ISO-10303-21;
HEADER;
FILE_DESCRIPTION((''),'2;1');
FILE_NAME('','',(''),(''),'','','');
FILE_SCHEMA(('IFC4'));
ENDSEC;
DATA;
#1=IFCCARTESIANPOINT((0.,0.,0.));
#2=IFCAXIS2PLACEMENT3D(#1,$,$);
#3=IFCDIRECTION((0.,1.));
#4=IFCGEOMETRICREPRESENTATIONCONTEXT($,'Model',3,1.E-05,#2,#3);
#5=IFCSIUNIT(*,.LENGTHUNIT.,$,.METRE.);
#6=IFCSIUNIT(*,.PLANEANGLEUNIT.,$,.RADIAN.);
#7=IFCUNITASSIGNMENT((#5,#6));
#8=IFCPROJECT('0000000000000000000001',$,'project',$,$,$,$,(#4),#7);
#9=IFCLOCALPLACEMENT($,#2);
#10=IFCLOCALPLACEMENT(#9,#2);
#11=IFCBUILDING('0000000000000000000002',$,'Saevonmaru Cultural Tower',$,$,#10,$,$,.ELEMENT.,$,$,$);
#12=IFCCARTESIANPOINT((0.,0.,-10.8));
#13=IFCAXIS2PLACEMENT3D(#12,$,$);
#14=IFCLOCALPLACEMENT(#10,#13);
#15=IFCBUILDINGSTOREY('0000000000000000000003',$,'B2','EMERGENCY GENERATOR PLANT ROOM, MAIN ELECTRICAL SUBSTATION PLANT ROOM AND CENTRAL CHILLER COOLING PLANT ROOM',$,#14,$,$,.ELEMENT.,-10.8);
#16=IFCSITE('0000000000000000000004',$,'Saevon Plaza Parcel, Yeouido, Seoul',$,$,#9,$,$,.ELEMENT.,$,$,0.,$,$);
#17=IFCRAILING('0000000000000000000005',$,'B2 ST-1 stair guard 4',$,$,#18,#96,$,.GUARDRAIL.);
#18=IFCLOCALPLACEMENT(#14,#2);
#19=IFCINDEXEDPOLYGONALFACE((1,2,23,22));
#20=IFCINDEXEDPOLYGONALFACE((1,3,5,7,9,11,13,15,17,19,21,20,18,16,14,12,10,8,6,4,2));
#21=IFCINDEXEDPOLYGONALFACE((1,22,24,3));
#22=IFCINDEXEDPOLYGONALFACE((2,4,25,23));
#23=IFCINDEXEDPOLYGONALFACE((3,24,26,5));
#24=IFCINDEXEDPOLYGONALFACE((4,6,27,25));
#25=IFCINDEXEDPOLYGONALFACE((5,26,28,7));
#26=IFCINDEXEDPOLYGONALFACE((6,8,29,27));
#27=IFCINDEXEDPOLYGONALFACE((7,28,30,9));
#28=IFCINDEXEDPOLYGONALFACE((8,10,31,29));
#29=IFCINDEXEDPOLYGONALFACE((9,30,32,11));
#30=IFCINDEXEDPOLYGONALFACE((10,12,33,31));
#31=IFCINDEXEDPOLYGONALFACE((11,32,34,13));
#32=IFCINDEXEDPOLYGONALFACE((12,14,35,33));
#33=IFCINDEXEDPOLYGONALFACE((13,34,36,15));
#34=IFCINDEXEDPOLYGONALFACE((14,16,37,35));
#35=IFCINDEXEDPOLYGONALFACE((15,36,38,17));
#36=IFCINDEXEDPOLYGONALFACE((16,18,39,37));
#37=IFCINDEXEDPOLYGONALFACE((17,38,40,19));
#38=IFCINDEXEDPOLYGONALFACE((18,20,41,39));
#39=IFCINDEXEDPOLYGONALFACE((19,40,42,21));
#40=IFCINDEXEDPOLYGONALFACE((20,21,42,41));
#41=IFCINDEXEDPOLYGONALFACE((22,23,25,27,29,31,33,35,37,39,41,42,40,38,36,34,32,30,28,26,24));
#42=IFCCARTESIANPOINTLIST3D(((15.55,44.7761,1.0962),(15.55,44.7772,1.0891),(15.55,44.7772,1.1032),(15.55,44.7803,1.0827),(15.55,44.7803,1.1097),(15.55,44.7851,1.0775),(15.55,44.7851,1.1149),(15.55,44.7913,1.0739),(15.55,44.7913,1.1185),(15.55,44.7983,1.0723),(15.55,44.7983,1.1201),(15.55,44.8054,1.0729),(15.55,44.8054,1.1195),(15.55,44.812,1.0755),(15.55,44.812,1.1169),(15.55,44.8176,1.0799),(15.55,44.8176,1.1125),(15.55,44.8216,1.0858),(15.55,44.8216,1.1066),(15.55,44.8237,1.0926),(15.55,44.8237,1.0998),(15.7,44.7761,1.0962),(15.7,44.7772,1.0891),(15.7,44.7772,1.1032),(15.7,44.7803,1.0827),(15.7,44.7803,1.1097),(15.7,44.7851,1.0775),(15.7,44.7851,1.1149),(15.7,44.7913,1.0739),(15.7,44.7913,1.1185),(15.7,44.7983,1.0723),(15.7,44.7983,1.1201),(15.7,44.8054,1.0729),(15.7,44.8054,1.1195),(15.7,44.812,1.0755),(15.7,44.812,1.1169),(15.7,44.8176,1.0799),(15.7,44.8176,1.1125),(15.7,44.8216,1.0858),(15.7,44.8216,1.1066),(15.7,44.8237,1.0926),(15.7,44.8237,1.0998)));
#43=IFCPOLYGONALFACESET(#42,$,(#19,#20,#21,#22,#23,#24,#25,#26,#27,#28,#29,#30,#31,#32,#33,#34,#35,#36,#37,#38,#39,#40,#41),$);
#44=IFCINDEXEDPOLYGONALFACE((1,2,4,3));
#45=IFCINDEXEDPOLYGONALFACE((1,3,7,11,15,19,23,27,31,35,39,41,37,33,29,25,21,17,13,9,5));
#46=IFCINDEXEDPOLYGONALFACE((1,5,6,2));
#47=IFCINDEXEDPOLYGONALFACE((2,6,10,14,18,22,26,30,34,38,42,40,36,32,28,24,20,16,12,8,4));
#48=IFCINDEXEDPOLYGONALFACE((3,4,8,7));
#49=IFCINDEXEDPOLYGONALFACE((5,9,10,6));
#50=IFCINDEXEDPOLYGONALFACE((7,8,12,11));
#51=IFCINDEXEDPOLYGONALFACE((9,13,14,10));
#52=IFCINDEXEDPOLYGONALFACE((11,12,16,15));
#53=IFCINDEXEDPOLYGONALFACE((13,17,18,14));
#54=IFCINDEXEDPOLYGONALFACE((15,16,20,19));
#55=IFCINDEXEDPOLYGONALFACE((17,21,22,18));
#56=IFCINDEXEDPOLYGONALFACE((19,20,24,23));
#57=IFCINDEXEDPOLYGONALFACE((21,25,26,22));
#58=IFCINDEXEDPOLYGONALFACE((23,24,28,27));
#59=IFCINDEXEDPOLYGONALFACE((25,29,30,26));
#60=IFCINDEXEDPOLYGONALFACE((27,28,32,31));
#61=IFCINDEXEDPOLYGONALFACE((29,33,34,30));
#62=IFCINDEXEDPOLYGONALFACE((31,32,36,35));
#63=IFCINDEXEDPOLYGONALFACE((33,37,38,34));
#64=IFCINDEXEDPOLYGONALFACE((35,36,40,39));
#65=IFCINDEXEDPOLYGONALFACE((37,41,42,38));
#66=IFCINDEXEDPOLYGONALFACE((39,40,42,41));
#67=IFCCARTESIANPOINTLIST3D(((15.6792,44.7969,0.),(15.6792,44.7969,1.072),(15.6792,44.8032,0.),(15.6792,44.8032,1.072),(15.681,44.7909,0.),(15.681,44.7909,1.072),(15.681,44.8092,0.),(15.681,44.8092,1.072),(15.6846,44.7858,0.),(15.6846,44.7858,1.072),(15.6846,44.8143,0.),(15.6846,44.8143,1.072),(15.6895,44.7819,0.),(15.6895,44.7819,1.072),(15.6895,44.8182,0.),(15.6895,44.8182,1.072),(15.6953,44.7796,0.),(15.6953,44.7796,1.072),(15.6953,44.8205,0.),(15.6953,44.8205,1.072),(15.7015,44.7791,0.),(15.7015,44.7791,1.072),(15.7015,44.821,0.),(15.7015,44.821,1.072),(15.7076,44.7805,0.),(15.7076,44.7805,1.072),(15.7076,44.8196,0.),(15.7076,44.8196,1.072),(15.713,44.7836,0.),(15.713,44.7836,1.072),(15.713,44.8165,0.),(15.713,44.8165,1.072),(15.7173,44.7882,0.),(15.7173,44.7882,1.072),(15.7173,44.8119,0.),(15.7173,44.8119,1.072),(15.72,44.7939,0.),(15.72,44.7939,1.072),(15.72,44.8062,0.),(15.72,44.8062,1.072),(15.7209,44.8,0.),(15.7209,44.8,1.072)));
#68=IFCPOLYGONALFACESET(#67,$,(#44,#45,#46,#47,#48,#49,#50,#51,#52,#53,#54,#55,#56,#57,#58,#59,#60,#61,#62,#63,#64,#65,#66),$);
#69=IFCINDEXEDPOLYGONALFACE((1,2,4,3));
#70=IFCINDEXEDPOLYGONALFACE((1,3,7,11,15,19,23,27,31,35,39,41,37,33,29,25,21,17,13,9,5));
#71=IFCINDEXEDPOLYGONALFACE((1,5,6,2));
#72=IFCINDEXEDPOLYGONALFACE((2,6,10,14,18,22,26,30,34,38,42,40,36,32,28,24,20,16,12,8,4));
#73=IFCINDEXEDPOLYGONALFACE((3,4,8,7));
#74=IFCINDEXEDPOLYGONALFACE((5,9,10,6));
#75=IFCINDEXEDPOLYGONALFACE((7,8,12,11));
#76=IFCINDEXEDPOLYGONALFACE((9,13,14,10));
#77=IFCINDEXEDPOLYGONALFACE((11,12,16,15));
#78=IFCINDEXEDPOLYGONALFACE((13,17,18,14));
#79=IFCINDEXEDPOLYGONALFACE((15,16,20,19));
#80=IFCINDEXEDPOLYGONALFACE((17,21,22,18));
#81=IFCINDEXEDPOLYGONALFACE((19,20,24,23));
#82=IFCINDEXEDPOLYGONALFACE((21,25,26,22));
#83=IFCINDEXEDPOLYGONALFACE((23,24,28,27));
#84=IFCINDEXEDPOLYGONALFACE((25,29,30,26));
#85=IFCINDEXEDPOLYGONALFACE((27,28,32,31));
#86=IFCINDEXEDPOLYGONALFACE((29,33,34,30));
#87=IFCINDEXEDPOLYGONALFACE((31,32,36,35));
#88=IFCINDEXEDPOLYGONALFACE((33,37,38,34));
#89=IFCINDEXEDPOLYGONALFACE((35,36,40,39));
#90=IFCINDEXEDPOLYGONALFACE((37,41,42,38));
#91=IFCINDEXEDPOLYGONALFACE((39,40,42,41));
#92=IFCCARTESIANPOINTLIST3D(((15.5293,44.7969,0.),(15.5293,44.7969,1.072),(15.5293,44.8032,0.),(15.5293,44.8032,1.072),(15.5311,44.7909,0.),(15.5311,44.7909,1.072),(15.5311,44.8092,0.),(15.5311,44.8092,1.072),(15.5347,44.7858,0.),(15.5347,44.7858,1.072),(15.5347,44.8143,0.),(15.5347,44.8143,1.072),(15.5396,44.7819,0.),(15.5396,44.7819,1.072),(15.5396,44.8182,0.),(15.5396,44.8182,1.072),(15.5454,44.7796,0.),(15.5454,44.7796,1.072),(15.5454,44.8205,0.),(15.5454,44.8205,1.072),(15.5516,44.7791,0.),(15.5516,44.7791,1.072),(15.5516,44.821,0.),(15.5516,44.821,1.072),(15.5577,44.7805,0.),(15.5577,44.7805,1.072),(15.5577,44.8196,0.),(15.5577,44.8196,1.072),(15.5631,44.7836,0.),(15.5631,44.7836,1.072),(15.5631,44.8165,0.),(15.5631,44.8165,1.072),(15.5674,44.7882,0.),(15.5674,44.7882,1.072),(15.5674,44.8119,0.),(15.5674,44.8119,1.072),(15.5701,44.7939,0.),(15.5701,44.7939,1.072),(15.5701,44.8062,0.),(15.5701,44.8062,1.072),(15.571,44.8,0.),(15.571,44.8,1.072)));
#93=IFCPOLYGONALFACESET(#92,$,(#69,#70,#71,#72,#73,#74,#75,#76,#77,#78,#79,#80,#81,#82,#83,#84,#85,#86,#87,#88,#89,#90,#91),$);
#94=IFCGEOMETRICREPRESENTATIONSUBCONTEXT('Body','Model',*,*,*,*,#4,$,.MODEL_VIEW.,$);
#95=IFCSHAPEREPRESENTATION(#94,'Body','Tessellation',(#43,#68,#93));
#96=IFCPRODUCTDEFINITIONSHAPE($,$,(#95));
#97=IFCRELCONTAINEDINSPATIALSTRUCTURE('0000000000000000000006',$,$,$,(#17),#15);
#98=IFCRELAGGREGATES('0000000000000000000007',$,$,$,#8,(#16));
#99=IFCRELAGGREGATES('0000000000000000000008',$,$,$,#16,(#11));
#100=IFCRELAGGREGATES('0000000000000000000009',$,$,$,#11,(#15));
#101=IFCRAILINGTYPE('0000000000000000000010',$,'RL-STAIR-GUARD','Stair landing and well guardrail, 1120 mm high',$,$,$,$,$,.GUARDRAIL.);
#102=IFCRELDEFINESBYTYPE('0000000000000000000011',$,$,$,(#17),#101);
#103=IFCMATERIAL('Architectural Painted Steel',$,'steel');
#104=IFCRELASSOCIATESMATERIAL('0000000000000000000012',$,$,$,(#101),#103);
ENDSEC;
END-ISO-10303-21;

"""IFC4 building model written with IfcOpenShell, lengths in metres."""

from ifc_helpers import new_model, si_unit, direction, frame, origin, origin_2d, place, context, subcontext, project, spatial, circle, extrude, material, type_object, element, save


model = new_model("IFC4")

# Units and contexts
model_context = context("Model", 3, precision=1e-05, world=origin(), true_north=direction((0.0, 1.0)))
body_context = subcontext(model_context, "Body", "Model", "MODEL_VIEW")
ifc_project = project(units=[si_unit("LENGTHUNIT", "METRE"), si_unit("PLANEANGLEUNIT", "RADIAN")], contexts=[model_context])

# Site, building, storey
site_placement = place(None, origin())
site = spatial("IfcSite", under=ifc_project, at=site_placement, Name="Saevon Plaza Parcel, Yeouido, Seoul", CompositionType="ELEMENT", RefElevation=0.0)
building_placement = place(site_placement, origin())
building = spatial("IfcBuilding", under=site, at=building_placement, Name="Saevonmaru Cultural Tower", CompositionType="ELEMENT")
storey_placement = place(building_placement, frame((0.0, 0.0, -10.8)))
storey = spatial("IfcBuildingStorey", under=building, at=storey_placement, Name="B2", Description="EMERGENCY GENERATOR PLANT ROOM, MAIN ELECTRICAL SUBSTATION PLANT ROOM AND CENTRAL CHILLER COOLING PLANT ROOM", CompositionType="ELEMENT", Elevation=-10.8)

# Railing
ifc_material_1 = material(Name="Architectural Painted Steel", Category="steel")
railing_type = type_object("IfcRailingType", Name="RL-STAIR-GUARD", Description="Stair landing and well guardrail, 1120 mm high", PredefinedType="GUARDRAIL", material=ifc_material_1)
railing_1_placement = place(storey_placement, frame((15.7, 44.8, 0.0)))
element("IfcRailing", 1, at=railing_1_placement, inside=storey, type_object=railing_type, Name="B2 ST-1 stair guard 4", PredefinedType="GUARDRAIL", context=body_context, shape_type="SweptSolid", body=[
    extrude(circle(Radius=0.0239, at=origin_2d()), frame((0.0, 0.0, 1.0962), z_axis=(-1.0, 0.0, 0.0), x_axis=(0.0, -1.0, 0.0)), (0.0, 0.0, 1.0), 0.1499),
    extrude(circle(Radius=0.021, at=origin_2d()), origin(), (0.0, 0.0, 1.0), 1.072),
    extrude(circle(Radius=0.021, at=origin_2d()), frame((-0.1499, 0.0, 0.0)), (0.0, 0.0, 1.0), 1.072),
])

save(model, "model.ifc")
